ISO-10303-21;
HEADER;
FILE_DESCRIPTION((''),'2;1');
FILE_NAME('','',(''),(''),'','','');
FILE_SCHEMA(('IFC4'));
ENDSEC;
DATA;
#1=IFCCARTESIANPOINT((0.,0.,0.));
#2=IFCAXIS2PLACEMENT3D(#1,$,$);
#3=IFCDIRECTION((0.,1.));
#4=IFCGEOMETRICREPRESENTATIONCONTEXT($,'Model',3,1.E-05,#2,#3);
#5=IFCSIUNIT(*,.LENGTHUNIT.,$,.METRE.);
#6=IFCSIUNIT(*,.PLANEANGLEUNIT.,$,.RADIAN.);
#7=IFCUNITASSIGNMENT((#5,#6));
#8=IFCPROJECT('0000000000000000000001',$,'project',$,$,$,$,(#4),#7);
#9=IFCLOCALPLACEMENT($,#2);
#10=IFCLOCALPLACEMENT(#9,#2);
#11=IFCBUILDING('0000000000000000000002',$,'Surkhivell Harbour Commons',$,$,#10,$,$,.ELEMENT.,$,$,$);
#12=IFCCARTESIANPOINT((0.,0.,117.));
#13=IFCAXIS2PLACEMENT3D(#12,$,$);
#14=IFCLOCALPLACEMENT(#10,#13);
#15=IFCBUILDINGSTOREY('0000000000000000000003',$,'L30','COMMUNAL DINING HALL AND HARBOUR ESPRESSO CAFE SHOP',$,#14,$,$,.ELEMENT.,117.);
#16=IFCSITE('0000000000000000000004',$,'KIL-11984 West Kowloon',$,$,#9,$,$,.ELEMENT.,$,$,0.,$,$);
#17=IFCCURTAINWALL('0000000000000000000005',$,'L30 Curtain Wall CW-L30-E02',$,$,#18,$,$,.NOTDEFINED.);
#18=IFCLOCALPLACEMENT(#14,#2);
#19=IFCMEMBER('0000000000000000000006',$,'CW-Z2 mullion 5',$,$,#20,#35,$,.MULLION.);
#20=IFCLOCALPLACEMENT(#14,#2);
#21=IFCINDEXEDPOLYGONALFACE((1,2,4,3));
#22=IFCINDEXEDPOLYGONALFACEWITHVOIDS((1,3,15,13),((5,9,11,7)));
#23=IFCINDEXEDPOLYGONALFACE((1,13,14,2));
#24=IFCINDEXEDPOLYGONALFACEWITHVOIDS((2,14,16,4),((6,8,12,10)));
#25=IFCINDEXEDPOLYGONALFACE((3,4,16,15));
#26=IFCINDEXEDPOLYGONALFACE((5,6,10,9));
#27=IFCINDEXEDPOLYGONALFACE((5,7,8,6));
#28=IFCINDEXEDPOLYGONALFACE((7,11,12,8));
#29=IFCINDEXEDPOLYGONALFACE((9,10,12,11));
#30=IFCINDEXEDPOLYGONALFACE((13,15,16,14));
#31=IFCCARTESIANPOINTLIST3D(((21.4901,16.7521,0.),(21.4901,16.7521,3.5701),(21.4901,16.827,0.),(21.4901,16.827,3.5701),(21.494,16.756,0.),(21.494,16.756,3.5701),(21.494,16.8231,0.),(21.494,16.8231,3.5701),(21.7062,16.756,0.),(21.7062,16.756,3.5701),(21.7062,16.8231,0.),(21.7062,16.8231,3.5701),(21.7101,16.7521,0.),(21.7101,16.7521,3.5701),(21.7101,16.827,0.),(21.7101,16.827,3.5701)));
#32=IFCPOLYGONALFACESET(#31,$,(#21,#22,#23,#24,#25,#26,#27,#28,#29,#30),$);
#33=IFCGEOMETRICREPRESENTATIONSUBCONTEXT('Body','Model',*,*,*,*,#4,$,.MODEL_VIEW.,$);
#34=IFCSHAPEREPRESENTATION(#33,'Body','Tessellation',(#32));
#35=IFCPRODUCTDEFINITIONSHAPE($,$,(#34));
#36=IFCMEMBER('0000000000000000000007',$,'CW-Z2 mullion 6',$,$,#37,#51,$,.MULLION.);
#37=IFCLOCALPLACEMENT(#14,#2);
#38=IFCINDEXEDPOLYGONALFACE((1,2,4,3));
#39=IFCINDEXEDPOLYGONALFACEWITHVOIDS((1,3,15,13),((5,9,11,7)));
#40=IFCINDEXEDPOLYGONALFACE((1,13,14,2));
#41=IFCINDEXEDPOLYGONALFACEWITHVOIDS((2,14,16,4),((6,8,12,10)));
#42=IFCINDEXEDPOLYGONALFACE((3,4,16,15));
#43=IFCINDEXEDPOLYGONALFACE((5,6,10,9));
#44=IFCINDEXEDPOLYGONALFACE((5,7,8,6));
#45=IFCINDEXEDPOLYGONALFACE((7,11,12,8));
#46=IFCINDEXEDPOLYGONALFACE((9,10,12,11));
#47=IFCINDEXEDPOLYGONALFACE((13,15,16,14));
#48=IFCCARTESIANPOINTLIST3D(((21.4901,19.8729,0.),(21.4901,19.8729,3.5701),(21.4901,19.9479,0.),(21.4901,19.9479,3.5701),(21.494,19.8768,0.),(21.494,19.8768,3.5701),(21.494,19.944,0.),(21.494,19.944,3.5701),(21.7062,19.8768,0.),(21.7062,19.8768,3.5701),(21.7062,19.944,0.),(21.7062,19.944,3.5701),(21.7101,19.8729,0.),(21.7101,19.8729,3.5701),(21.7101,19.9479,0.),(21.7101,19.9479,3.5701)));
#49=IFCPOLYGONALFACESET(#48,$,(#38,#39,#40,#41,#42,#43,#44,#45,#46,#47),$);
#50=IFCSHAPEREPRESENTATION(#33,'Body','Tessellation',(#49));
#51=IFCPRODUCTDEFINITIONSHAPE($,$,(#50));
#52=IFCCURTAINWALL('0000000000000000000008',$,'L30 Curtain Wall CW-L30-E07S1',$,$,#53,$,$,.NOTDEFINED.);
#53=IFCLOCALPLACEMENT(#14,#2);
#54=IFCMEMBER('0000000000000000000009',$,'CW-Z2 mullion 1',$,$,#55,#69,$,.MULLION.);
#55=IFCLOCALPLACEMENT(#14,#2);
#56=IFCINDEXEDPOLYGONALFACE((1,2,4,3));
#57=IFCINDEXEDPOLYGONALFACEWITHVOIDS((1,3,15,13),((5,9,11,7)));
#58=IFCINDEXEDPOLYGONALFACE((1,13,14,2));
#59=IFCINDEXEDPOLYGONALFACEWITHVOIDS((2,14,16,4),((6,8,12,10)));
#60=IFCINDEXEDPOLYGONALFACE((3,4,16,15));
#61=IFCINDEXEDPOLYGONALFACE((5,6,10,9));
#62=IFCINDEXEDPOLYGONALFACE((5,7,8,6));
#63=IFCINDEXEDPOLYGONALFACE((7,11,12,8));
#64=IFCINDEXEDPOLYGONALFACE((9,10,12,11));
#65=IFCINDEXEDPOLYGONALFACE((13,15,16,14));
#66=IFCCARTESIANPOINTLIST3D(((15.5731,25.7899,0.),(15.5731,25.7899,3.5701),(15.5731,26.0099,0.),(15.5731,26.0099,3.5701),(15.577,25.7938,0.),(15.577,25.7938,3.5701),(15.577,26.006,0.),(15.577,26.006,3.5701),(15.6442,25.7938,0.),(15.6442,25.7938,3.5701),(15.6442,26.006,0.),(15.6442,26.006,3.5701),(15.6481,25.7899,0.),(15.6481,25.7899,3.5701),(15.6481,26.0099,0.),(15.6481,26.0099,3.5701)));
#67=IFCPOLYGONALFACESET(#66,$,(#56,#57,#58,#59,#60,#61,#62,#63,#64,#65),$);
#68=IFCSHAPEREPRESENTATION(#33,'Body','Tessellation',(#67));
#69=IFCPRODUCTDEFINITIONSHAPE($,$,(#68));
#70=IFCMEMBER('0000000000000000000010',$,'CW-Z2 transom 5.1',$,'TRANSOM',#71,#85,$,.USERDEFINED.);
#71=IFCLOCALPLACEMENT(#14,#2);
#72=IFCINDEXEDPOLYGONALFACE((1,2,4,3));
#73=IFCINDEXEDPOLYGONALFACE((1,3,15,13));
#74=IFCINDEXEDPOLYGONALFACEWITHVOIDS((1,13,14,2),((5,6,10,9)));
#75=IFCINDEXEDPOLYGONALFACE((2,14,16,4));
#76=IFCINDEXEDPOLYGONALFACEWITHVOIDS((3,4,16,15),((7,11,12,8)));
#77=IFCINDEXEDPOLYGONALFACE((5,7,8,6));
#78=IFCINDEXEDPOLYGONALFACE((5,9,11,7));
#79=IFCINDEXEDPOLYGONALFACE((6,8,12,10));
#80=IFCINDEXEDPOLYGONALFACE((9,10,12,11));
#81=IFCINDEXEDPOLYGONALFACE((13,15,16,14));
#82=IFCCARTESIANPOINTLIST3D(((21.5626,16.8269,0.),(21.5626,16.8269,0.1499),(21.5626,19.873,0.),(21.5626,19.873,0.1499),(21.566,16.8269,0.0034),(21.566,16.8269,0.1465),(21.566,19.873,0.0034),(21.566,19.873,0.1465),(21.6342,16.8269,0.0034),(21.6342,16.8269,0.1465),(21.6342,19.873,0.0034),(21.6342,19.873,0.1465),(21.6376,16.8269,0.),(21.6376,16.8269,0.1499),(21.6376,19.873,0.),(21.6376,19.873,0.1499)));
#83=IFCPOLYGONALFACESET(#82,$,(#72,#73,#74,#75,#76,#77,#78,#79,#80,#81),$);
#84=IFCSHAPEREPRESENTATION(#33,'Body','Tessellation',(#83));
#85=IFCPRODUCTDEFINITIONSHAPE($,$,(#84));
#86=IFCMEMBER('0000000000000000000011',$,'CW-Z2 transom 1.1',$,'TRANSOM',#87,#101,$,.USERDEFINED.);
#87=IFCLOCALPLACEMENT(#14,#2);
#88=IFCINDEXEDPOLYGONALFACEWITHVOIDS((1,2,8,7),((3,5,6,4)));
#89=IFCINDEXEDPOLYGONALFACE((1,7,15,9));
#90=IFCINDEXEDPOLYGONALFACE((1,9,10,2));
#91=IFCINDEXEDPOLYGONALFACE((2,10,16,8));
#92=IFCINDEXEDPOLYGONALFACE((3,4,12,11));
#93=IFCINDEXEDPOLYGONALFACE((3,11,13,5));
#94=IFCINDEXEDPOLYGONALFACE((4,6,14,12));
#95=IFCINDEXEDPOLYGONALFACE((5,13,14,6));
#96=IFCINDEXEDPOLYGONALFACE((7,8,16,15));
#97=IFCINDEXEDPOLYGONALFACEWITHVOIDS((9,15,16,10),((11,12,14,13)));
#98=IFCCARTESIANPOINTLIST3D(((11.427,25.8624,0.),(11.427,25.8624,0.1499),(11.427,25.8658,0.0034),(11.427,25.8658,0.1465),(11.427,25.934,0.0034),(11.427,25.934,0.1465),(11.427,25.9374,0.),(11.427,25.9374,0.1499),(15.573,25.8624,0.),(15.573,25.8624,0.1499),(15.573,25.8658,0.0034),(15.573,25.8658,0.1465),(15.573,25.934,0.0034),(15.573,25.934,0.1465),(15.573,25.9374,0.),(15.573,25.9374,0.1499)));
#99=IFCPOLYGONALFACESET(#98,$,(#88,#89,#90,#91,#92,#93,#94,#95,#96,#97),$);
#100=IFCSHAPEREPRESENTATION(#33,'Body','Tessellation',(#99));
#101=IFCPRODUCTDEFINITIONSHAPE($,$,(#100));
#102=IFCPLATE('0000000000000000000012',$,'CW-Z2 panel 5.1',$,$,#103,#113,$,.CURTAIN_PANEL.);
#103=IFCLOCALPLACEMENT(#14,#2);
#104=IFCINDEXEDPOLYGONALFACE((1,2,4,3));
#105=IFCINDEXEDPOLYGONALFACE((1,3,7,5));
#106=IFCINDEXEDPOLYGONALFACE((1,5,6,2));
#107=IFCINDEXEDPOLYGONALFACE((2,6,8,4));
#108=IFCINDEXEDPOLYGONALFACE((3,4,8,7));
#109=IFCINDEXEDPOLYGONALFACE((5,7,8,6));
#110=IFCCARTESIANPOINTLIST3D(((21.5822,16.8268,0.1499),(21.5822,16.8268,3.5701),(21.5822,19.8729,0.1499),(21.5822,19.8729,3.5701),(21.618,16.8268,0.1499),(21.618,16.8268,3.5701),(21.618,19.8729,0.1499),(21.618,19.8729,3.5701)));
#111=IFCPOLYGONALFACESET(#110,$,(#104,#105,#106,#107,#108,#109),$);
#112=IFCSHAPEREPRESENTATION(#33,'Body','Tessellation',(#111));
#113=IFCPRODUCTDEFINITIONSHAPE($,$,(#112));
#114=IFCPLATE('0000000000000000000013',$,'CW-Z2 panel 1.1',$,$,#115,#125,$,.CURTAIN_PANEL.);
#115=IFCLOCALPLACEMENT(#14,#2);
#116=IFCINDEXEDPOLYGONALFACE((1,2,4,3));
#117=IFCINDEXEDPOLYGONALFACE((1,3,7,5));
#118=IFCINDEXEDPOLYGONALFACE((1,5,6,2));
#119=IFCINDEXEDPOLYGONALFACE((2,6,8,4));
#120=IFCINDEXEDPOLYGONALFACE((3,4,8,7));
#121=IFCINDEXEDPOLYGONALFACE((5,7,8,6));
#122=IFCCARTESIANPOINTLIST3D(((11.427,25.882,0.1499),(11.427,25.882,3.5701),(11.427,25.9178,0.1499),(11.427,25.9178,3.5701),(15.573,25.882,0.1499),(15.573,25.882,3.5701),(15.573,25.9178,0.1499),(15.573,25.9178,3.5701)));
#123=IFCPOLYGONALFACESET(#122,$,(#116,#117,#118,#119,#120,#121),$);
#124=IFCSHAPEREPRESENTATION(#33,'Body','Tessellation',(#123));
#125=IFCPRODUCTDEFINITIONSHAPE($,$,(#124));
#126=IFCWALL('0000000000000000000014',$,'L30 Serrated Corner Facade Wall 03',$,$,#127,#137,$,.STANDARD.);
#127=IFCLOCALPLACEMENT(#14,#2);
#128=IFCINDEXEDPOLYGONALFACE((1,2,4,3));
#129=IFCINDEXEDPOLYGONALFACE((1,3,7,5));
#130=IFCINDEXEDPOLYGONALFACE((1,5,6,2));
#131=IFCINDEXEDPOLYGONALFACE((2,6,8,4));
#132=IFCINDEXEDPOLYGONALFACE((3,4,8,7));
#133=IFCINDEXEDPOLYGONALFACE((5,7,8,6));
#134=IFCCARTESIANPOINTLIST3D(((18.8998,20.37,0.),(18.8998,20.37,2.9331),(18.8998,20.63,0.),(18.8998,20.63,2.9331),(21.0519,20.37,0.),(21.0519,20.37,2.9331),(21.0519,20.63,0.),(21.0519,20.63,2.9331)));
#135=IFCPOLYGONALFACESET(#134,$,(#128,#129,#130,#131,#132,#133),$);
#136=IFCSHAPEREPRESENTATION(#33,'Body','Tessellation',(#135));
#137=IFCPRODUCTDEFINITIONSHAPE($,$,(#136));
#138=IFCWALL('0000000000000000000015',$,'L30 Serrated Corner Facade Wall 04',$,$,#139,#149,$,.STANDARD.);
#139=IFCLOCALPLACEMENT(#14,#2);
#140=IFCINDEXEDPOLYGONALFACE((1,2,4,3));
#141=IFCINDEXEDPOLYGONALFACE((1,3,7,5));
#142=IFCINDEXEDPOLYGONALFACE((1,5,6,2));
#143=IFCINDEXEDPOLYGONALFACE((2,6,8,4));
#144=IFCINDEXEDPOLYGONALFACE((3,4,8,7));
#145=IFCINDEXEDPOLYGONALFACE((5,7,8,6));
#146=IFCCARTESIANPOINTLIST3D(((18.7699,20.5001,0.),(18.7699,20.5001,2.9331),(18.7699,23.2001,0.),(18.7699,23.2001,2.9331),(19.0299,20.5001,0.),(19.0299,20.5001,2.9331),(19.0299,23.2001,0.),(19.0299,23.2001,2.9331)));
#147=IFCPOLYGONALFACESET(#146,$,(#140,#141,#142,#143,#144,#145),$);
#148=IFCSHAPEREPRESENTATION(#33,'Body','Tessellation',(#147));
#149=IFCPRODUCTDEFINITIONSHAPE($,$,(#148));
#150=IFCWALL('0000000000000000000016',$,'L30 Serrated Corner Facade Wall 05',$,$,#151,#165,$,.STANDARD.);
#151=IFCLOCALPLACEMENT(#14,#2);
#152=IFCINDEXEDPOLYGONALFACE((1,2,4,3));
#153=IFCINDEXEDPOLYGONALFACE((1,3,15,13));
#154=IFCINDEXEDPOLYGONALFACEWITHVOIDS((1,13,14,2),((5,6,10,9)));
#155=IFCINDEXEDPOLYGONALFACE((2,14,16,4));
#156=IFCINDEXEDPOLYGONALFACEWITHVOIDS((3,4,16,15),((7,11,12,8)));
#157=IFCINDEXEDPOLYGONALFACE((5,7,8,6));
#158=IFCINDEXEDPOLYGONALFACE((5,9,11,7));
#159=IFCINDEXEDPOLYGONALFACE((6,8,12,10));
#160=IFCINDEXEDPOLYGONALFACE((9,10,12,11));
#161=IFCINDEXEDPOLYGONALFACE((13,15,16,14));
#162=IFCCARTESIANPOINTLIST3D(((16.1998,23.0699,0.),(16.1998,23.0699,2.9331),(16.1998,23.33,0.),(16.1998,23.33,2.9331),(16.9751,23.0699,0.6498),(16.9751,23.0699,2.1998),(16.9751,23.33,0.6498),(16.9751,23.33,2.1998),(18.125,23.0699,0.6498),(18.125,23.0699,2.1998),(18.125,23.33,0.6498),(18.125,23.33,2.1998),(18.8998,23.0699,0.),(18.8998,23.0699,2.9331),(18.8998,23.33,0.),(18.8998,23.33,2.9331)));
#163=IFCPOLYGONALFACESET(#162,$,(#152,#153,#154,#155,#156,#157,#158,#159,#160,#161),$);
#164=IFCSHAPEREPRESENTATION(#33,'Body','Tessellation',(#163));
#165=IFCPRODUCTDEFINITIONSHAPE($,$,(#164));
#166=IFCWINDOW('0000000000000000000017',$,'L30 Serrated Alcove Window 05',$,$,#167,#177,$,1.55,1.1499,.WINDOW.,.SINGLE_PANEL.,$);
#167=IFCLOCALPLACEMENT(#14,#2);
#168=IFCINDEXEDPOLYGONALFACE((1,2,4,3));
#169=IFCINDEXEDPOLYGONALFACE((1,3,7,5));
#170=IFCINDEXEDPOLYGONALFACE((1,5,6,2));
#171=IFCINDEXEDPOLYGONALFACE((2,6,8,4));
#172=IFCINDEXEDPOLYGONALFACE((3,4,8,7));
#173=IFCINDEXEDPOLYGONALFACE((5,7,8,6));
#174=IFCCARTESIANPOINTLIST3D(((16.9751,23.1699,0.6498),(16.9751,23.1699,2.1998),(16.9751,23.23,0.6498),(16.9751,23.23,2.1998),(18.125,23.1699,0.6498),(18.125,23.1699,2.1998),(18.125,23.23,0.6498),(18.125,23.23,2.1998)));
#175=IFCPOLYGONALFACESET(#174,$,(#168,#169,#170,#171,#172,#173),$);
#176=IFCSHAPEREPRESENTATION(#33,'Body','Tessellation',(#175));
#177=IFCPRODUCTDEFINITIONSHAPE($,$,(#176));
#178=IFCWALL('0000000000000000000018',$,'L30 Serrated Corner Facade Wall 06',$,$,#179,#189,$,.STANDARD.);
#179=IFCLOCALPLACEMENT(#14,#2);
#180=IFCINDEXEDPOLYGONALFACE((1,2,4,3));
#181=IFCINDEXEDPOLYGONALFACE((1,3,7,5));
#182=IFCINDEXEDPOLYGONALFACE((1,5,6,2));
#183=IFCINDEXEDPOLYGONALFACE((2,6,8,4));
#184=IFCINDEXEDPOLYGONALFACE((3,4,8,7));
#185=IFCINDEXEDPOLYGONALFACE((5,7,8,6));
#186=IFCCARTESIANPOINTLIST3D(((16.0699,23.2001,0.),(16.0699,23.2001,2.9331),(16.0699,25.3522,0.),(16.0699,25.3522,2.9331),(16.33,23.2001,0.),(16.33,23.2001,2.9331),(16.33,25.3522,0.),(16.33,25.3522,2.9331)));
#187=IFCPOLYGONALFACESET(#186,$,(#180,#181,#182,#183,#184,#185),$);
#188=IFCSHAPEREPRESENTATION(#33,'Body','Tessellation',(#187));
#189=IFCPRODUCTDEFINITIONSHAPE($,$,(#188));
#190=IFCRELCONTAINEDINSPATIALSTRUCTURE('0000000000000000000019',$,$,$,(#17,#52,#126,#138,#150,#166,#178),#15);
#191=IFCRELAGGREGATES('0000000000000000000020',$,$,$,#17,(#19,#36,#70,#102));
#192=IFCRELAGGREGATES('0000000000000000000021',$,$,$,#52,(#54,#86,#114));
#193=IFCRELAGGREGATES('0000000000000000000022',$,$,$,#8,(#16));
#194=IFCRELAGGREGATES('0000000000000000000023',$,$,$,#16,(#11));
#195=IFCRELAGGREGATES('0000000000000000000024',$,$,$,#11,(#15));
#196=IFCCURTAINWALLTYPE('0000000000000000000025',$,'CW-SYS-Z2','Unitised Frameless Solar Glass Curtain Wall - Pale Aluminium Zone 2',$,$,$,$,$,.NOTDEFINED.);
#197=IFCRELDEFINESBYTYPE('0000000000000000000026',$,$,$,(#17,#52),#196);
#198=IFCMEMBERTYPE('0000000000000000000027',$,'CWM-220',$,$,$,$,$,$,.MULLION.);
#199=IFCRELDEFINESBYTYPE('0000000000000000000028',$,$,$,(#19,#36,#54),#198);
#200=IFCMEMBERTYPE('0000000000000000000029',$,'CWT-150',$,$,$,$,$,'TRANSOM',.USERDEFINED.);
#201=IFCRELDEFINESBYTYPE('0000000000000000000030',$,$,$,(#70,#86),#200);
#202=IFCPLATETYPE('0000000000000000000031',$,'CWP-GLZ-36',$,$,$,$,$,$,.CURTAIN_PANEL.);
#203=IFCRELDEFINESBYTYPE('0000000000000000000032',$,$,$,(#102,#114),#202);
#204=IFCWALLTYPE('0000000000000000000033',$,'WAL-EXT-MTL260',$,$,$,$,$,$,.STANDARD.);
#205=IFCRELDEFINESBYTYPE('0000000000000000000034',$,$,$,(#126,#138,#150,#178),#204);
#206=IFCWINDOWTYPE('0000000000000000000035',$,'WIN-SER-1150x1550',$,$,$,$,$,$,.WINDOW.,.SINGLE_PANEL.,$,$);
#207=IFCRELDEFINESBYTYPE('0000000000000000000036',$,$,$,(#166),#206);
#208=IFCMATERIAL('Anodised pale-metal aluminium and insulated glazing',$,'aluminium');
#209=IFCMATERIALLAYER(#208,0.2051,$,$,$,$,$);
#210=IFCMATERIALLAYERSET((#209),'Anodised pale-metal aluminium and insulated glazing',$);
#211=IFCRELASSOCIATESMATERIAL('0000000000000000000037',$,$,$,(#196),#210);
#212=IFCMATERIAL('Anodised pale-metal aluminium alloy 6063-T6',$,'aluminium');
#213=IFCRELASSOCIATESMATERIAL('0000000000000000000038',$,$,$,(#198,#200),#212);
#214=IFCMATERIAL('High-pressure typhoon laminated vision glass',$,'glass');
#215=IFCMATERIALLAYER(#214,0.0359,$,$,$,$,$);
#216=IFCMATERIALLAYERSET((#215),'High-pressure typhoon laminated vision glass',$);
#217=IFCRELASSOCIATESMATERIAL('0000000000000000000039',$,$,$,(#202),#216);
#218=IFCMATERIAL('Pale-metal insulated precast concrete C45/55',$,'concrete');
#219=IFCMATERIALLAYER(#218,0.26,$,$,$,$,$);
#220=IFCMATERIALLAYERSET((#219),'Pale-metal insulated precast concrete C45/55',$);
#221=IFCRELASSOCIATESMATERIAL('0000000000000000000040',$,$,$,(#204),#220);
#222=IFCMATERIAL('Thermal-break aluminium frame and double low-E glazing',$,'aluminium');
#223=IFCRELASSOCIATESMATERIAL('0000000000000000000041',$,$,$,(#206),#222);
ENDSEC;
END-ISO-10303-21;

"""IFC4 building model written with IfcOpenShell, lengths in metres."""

from ifc_helpers import new_model, si_unit, direction, frame, frame_2d, origin, origin_2d, place, context, subcontext, project, spatial, rectangle, hollow_rectangle, extrude, material, layer, layer_set, material_profile, profile_set, type_object, element, fill, aggregate, save


model = new_model("IFC4")

# Units and contexts
model_context = context("Model", 3, precision=1e-05, world=origin(), true_north=direction((0.0, 1.0)))
body_context = subcontext(model_context, "Body", "Model", "MODEL_VIEW")
ifc_project = project(units=[si_unit("LENGTHUNIT", "METRE"), si_unit("PLANEANGLEUNIT", "RADIAN")], contexts=[model_context])

# Site, building, storey
site_placement = place(None, origin())
site = spatial("IfcSite", under=ifc_project, at=site_placement, Name="KIL-11984 West Kowloon", CompositionType="ELEMENT", RefElevation=0.0)
building_placement = place(site_placement, origin())
building = spatial("IfcBuilding", under=site, at=building_placement, Name="Surkhivell Harbour Commons", CompositionType="ELEMENT")
storey_placement = place(building_placement, frame((0.0, 0.0, 117.0)))
storey = spatial("IfcBuildingStorey", under=building, at=storey_placement, Name="L30", Description="COMMUNAL DINING HALL AND HARBOUR ESPRESSO CAFE SHOP", CompositionType="ELEMENT", Elevation=117.0)

# Curtain wall, members
ifc_material_1 = material(Name="Anodised pale-metal aluminium and insulated glazing", Category="aluminium")
ifc_layer_1 = layer(ifc_material_1, 0.2051)
ifc_layer_set_1 = layer_set([ifc_layer_1], Name="Anodised pale-metal aluminium and insulated glazing")
curtain_wall_type = type_object("IfcCurtainWallType", Name="CW-SYS-Z2", Description="Unitised Frameless Solar Glass Curtain Wall - Pale Aluminium Zone 2", PredefinedType="NOTDEFINED", material=ifc_layer_set_1)
curtain_wall_1_placement = place(storey_placement, origin())
curtain_wall_1 = element("IfcCurtainWall", 1, at=curtain_wall_1_placement, inside=storey, type_object=curtain_wall_type, Name="L30 Curtain Wall CW-L30-E02", PredefinedType="NOTDEFINED")
ifc_material_2 = material(Name="Anodised pale-metal aluminium alloy 6063-T6", Category="aluminium")
ifc_material_profile_1 = material_profile(ifc_material_2, hollow_rectangle(XDim=0.075, YDim=0.22, WallThickness=0.0039, at=origin_2d()), Name="ALU-MULL-75x220")
ifc_profile_set_1 = profile_set([ifc_material_profile_1], Name="Anodised pale-metal aluminium alloy 6063-T6")
member_type_1 = type_object("IfcMemberType", Name="CWM-220", PredefinedType="MULLION", material=ifc_profile_set_1)
member_1_placement = place(storey_placement, frame((21.6001, 16.7896, 0.0), z_axis=(0.0, 0.0, 1.0), x_axis=(0.0, 1.0, 0.0)))
member_1 = element("IfcMember", 2, at=member_1_placement, type_object=member_type_1, Name="CW-Z2 mullion 5", PredefinedType="MULLION", context=body_context, shape_type="SweptSolid", body=[
    extrude(hollow_rectangle(XDim=0.075, YDim=0.22, WallThickness=0.0039, at=origin_2d()), origin(), (0.0, 0.0, 1.0), 3.5701),
])
member_2_placement = place(storey_placement, frame((21.6001, 19.9104, 0.0), z_axis=(0.0, 0.0, 1.0), x_axis=(0.0, 1.0, 0.0)))
member_2 = element("IfcMember", 3, at=member_2_placement, type_object=member_type_1, Name="CW-Z2 mullion 6", PredefinedType="MULLION", context=body_context, shape_type="SweptSolid", body=[
    extrude(hollow_rectangle(XDim=0.075, YDim=0.22, WallThickness=0.0039, at=origin_2d()), origin(), (0.0, 0.0, 1.0), 3.5701),
])

# Curtain wall, member
curtain_wall_2_placement = place(storey_placement, origin())
curtain_wall_2 = element("IfcCurtainWall", 4, at=curtain_wall_2_placement, inside=storey, type_object=curtain_wall_type, Name="L30 Curtain Wall CW-L30-E07S1", PredefinedType="NOTDEFINED")
member_3_placement = place(storey_placement, frame((15.6106, 25.8999, 0.0), z_axis=(0.0, 0.0, 1.0), x_axis=(-1.0, 0.0, 0.0)))
member_3 = element("IfcMember", 5, at=member_3_placement, type_object=member_type_1, Name="CW-Z2 mullion 1", PredefinedType="MULLION", context=body_context, shape_type="SweptSolid", body=[
    extrude(hollow_rectangle(XDim=0.075, YDim=0.22, WallThickness=0.0039, at=origin_2d()), origin(), (0.0, 0.0, 1.0), 3.5701),
])

# Members
ifc_material_profile_2 = material_profile(ifc_material_2, hollow_rectangle(XDim=0.075, YDim=0.1499, WallThickness=0.0034, at=origin_2d()), Name="ALU-TRAN-75x150")
ifc_profile_set_2 = profile_set([ifc_material_profile_2], Name="Anodised pale-metal aluminium alloy 6063-T6")
member_type_2 = type_object("IfcMemberType", Name="CWT-150", ElementType="TRANSOM", PredefinedType="USERDEFINED", material=ifc_profile_set_2)
member_4_placement = place(storey_placement, frame((21.6001, 16.8269, 0.075), z_axis=(0.0, 1.0, 0.0), x_axis=(-1.0, 0.0, 0.0)))
member_4 = element("IfcMember", 6, at=member_4_placement, type_object=member_type_2, Name="CW-Z2 transom 5.1", ObjectType="TRANSOM", PredefinedType="USERDEFINED", context=body_context, shape_type="SweptSolid", body=[
    extrude(hollow_rectangle(XDim=0.075, YDim=0.1499, WallThickness=0.0034, at=origin_2d()), origin(), (0.0, 0.0, 1.0), 3.0461),
])
member_5_placement = place(storey_placement, frame((15.573, 25.8999, 0.075), z_axis=(-1.0, 0.0, 0.0), x_axis=(0.0, -1.0, 0.0)))
member_5 = element("IfcMember", 7, at=member_5_placement, type_object=member_type_2, Name="CW-Z2 transom 1.1", ObjectType="TRANSOM", PredefinedType="USERDEFINED", context=body_context, shape_type="SweptSolid", body=[
    extrude(hollow_rectangle(XDim=0.075, YDim=0.1499, WallThickness=0.0034, at=origin_2d()), origin(), (0.0, 0.0, 1.0), 4.146),
])

# Plates
ifc_material_3 = material(Name="High-pressure typhoon laminated vision glass", Category="glass")
ifc_layer_2 = layer(ifc_material_3, 0.0359)
ifc_layer_set_2 = layer_set([ifc_layer_2], Name="High-pressure typhoon laminated vision glass")
plate_type = type_object("IfcPlateType", Name="CWP-GLZ-36", PredefinedType="CURTAIN_PANEL", material=ifc_layer_set_2)
plate_1_placement = place(storey_placement, frame((21.6001, 16.8269, 0.1499), z_axis=(0.0, 0.0, 1.0), x_axis=(0.0, 1.0, 0.0)))
plate_1 = element("IfcPlate", 8, at=plate_1_placement, type_object=plate_type, Name="CW-Z2 panel 5.1", PredefinedType="CURTAIN_PANEL", context=body_context, shape_type="SweptSolid", body=[
    extrude(rectangle(XDim=3.0461, YDim=0.0359, at=frame_2d((1.5229, 0.0))), origin(), (0.0, 0.0, 1.0), 3.4202),
])
aggregate(curtain_wall_1, [member_1, member_2, member_4, plate_1])
plate_2_placement = place(storey_placement, frame((15.573, 25.8999, 0.1499), z_axis=(0.0, 0.0, 1.0), x_axis=(-1.0, 0.0, 0.0)))
plate_2 = element("IfcPlate", 9, at=plate_2_placement, type_object=plate_type, Name="CW-Z2 panel 1.1", PredefinedType="CURTAIN_PANEL", context=body_context, shape_type="SweptSolid", body=[
    extrude(rectangle(XDim=4.146, YDim=0.0359, at=frame_2d((2.073, 0.0))), origin(), (0.0, 0.0, 1.0), 3.4202),
])
aggregate(curtain_wall_2, [member_3, member_5, plate_2])

# Walls
ifc_material_4 = material(Name="Pale-metal insulated precast concrete C45/55", Category="concrete")
ifc_layer_3 = layer(ifc_material_4, 0.26)
ifc_layer_set_3 = layer_set([ifc_layer_3], Name="Pale-metal insulated precast concrete C45/55")
wall_type_1 = type_object("IfcWallType", Name="WAL-EXT-MTL260", PredefinedType="STANDARD", material=ifc_layer_set_3)
wall_1_placement = place(storey_placement, frame((21.052, 20.5, 0.0), z_axis=(0.0, 0.0, 1.0), x_axis=(-1.0, 0.0, 0.0)))
element("IfcWall", 10, at=wall_1_placement, inside=storey, type_object=wall_type_1, Name="L30 Serrated Corner Facade Wall 03", PredefinedType="STANDARD", context=body_context, shape_type="SweptSolid", body=[
    extrude(rectangle(XDim=2.1521, YDim=0.26, at=frame_2d((1.0762, 0.0))), origin(), (0.0, 0.0, 1.0), 2.9331),
])
wall_2_placement = place(storey_placement, frame((18.8999, 20.5, 0.0), z_axis=(0.0, 0.0, 1.0), x_axis=(0.0, 1.0, 0.0)))
element("IfcWall", 11, at=wall_2_placement, inside=storey, type_object=wall_type_1, Name="L30 Serrated Corner Facade Wall 04", PredefinedType="STANDARD", context=body_context, shape_type="SweptSolid", body=[
    extrude(rectangle(XDim=2.7, YDim=0.26, at=frame_2d((1.3501, 0.0))), origin(), (0.0, 0.0, 1.0), 2.9331),
])

# Wall, opening, window
wall_3_placement = place(storey_placement, frame((18.8999, 23.2, 0.0), z_axis=(0.0, 0.0, 1.0), x_axis=(-1.0, 0.0, 0.0)))
wall_3 = element("IfcWall", 12, at=wall_3_placement, inside=storey, type_object=wall_type_1, Name="L30 Serrated Corner Facade Wall 05", PredefinedType="STANDARD", context=body_context, shape_type="SweptSolid", body=[
    extrude(rectangle(XDim=2.7, YDim=0.26, at=frame_2d((1.3501, 0.0))), origin(), (0.0, 0.0, 1.0), 2.9331),
])
opening_placement = place(wall_3_placement, frame((0.7749, 0.0, 0.6499)))
opening = element("IfcOpeningElement", 13, at=opening_placement, cuts=wall_3, PredefinedType="OPENING", context=body_context, shape_type="SweptSolid", body=[
    extrude(rectangle(XDim=1.1499, YDim=1.55, at=frame_2d((0.575, 0.7749))), frame((0.0, 0.1399, 0.0), z_axis=(0.0, -1.0, 0.0), x_axis=(1.0, 0.0, 0.0)), (0.0, 0.0, 1.0), 0.28),
])
ifc_material_5 = material(Name="Thermal-break aluminium frame and double low-E glazing", Category="aluminium")
window_type = type_object("IfcWindowType", Name="WIN-SER-1150x1550", PartitioningType="SINGLE_PANEL", PredefinedType="WINDOW", material=ifc_material_5)
window_placement = place(opening_placement, origin())
window = element("IfcWindow", 14, at=window_placement, inside=storey, type_object=window_type, Name="L30 Serrated Alcove Window 05", OverallHeight=1.55, OverallWidth=1.1499, PartitioningType="SINGLE_PANEL", PredefinedType="WINDOW", context=body_context, shape_type="SweptSolid", body=[
    extrude(rectangle(XDim=1.1499, YDim=1.55, at=frame_2d((0.575, 0.7749))), frame((0.0, 0.03, 0.0), z_axis=(0.0, -1.0, 0.0), x_axis=(1.0, 0.0, 0.0)), (0.0, 0.0, 1.0), 0.0601),
])
fill(opening, window)

# Wall
wall_4_placement = place(storey_placement, frame((16.2, 23.2, 0.0), z_axis=(0.0, 0.0, 1.0), x_axis=(0.0, 1.0, 0.0)))
element("IfcWall", 15, at=wall_4_placement, inside=storey, type_object=wall_type_1, Name="L30 Serrated Corner Facade Wall 06", PredefinedType="STANDARD", context=body_context, shape_type="SweptSolid", body=[
    extrude(rectangle(XDim=2.1521, YDim=0.26, at=frame_2d((1.0762, 0.0))), origin(), (0.0, 0.0, 1.0), 2.9331),
])

save(model, "model.ifc")
